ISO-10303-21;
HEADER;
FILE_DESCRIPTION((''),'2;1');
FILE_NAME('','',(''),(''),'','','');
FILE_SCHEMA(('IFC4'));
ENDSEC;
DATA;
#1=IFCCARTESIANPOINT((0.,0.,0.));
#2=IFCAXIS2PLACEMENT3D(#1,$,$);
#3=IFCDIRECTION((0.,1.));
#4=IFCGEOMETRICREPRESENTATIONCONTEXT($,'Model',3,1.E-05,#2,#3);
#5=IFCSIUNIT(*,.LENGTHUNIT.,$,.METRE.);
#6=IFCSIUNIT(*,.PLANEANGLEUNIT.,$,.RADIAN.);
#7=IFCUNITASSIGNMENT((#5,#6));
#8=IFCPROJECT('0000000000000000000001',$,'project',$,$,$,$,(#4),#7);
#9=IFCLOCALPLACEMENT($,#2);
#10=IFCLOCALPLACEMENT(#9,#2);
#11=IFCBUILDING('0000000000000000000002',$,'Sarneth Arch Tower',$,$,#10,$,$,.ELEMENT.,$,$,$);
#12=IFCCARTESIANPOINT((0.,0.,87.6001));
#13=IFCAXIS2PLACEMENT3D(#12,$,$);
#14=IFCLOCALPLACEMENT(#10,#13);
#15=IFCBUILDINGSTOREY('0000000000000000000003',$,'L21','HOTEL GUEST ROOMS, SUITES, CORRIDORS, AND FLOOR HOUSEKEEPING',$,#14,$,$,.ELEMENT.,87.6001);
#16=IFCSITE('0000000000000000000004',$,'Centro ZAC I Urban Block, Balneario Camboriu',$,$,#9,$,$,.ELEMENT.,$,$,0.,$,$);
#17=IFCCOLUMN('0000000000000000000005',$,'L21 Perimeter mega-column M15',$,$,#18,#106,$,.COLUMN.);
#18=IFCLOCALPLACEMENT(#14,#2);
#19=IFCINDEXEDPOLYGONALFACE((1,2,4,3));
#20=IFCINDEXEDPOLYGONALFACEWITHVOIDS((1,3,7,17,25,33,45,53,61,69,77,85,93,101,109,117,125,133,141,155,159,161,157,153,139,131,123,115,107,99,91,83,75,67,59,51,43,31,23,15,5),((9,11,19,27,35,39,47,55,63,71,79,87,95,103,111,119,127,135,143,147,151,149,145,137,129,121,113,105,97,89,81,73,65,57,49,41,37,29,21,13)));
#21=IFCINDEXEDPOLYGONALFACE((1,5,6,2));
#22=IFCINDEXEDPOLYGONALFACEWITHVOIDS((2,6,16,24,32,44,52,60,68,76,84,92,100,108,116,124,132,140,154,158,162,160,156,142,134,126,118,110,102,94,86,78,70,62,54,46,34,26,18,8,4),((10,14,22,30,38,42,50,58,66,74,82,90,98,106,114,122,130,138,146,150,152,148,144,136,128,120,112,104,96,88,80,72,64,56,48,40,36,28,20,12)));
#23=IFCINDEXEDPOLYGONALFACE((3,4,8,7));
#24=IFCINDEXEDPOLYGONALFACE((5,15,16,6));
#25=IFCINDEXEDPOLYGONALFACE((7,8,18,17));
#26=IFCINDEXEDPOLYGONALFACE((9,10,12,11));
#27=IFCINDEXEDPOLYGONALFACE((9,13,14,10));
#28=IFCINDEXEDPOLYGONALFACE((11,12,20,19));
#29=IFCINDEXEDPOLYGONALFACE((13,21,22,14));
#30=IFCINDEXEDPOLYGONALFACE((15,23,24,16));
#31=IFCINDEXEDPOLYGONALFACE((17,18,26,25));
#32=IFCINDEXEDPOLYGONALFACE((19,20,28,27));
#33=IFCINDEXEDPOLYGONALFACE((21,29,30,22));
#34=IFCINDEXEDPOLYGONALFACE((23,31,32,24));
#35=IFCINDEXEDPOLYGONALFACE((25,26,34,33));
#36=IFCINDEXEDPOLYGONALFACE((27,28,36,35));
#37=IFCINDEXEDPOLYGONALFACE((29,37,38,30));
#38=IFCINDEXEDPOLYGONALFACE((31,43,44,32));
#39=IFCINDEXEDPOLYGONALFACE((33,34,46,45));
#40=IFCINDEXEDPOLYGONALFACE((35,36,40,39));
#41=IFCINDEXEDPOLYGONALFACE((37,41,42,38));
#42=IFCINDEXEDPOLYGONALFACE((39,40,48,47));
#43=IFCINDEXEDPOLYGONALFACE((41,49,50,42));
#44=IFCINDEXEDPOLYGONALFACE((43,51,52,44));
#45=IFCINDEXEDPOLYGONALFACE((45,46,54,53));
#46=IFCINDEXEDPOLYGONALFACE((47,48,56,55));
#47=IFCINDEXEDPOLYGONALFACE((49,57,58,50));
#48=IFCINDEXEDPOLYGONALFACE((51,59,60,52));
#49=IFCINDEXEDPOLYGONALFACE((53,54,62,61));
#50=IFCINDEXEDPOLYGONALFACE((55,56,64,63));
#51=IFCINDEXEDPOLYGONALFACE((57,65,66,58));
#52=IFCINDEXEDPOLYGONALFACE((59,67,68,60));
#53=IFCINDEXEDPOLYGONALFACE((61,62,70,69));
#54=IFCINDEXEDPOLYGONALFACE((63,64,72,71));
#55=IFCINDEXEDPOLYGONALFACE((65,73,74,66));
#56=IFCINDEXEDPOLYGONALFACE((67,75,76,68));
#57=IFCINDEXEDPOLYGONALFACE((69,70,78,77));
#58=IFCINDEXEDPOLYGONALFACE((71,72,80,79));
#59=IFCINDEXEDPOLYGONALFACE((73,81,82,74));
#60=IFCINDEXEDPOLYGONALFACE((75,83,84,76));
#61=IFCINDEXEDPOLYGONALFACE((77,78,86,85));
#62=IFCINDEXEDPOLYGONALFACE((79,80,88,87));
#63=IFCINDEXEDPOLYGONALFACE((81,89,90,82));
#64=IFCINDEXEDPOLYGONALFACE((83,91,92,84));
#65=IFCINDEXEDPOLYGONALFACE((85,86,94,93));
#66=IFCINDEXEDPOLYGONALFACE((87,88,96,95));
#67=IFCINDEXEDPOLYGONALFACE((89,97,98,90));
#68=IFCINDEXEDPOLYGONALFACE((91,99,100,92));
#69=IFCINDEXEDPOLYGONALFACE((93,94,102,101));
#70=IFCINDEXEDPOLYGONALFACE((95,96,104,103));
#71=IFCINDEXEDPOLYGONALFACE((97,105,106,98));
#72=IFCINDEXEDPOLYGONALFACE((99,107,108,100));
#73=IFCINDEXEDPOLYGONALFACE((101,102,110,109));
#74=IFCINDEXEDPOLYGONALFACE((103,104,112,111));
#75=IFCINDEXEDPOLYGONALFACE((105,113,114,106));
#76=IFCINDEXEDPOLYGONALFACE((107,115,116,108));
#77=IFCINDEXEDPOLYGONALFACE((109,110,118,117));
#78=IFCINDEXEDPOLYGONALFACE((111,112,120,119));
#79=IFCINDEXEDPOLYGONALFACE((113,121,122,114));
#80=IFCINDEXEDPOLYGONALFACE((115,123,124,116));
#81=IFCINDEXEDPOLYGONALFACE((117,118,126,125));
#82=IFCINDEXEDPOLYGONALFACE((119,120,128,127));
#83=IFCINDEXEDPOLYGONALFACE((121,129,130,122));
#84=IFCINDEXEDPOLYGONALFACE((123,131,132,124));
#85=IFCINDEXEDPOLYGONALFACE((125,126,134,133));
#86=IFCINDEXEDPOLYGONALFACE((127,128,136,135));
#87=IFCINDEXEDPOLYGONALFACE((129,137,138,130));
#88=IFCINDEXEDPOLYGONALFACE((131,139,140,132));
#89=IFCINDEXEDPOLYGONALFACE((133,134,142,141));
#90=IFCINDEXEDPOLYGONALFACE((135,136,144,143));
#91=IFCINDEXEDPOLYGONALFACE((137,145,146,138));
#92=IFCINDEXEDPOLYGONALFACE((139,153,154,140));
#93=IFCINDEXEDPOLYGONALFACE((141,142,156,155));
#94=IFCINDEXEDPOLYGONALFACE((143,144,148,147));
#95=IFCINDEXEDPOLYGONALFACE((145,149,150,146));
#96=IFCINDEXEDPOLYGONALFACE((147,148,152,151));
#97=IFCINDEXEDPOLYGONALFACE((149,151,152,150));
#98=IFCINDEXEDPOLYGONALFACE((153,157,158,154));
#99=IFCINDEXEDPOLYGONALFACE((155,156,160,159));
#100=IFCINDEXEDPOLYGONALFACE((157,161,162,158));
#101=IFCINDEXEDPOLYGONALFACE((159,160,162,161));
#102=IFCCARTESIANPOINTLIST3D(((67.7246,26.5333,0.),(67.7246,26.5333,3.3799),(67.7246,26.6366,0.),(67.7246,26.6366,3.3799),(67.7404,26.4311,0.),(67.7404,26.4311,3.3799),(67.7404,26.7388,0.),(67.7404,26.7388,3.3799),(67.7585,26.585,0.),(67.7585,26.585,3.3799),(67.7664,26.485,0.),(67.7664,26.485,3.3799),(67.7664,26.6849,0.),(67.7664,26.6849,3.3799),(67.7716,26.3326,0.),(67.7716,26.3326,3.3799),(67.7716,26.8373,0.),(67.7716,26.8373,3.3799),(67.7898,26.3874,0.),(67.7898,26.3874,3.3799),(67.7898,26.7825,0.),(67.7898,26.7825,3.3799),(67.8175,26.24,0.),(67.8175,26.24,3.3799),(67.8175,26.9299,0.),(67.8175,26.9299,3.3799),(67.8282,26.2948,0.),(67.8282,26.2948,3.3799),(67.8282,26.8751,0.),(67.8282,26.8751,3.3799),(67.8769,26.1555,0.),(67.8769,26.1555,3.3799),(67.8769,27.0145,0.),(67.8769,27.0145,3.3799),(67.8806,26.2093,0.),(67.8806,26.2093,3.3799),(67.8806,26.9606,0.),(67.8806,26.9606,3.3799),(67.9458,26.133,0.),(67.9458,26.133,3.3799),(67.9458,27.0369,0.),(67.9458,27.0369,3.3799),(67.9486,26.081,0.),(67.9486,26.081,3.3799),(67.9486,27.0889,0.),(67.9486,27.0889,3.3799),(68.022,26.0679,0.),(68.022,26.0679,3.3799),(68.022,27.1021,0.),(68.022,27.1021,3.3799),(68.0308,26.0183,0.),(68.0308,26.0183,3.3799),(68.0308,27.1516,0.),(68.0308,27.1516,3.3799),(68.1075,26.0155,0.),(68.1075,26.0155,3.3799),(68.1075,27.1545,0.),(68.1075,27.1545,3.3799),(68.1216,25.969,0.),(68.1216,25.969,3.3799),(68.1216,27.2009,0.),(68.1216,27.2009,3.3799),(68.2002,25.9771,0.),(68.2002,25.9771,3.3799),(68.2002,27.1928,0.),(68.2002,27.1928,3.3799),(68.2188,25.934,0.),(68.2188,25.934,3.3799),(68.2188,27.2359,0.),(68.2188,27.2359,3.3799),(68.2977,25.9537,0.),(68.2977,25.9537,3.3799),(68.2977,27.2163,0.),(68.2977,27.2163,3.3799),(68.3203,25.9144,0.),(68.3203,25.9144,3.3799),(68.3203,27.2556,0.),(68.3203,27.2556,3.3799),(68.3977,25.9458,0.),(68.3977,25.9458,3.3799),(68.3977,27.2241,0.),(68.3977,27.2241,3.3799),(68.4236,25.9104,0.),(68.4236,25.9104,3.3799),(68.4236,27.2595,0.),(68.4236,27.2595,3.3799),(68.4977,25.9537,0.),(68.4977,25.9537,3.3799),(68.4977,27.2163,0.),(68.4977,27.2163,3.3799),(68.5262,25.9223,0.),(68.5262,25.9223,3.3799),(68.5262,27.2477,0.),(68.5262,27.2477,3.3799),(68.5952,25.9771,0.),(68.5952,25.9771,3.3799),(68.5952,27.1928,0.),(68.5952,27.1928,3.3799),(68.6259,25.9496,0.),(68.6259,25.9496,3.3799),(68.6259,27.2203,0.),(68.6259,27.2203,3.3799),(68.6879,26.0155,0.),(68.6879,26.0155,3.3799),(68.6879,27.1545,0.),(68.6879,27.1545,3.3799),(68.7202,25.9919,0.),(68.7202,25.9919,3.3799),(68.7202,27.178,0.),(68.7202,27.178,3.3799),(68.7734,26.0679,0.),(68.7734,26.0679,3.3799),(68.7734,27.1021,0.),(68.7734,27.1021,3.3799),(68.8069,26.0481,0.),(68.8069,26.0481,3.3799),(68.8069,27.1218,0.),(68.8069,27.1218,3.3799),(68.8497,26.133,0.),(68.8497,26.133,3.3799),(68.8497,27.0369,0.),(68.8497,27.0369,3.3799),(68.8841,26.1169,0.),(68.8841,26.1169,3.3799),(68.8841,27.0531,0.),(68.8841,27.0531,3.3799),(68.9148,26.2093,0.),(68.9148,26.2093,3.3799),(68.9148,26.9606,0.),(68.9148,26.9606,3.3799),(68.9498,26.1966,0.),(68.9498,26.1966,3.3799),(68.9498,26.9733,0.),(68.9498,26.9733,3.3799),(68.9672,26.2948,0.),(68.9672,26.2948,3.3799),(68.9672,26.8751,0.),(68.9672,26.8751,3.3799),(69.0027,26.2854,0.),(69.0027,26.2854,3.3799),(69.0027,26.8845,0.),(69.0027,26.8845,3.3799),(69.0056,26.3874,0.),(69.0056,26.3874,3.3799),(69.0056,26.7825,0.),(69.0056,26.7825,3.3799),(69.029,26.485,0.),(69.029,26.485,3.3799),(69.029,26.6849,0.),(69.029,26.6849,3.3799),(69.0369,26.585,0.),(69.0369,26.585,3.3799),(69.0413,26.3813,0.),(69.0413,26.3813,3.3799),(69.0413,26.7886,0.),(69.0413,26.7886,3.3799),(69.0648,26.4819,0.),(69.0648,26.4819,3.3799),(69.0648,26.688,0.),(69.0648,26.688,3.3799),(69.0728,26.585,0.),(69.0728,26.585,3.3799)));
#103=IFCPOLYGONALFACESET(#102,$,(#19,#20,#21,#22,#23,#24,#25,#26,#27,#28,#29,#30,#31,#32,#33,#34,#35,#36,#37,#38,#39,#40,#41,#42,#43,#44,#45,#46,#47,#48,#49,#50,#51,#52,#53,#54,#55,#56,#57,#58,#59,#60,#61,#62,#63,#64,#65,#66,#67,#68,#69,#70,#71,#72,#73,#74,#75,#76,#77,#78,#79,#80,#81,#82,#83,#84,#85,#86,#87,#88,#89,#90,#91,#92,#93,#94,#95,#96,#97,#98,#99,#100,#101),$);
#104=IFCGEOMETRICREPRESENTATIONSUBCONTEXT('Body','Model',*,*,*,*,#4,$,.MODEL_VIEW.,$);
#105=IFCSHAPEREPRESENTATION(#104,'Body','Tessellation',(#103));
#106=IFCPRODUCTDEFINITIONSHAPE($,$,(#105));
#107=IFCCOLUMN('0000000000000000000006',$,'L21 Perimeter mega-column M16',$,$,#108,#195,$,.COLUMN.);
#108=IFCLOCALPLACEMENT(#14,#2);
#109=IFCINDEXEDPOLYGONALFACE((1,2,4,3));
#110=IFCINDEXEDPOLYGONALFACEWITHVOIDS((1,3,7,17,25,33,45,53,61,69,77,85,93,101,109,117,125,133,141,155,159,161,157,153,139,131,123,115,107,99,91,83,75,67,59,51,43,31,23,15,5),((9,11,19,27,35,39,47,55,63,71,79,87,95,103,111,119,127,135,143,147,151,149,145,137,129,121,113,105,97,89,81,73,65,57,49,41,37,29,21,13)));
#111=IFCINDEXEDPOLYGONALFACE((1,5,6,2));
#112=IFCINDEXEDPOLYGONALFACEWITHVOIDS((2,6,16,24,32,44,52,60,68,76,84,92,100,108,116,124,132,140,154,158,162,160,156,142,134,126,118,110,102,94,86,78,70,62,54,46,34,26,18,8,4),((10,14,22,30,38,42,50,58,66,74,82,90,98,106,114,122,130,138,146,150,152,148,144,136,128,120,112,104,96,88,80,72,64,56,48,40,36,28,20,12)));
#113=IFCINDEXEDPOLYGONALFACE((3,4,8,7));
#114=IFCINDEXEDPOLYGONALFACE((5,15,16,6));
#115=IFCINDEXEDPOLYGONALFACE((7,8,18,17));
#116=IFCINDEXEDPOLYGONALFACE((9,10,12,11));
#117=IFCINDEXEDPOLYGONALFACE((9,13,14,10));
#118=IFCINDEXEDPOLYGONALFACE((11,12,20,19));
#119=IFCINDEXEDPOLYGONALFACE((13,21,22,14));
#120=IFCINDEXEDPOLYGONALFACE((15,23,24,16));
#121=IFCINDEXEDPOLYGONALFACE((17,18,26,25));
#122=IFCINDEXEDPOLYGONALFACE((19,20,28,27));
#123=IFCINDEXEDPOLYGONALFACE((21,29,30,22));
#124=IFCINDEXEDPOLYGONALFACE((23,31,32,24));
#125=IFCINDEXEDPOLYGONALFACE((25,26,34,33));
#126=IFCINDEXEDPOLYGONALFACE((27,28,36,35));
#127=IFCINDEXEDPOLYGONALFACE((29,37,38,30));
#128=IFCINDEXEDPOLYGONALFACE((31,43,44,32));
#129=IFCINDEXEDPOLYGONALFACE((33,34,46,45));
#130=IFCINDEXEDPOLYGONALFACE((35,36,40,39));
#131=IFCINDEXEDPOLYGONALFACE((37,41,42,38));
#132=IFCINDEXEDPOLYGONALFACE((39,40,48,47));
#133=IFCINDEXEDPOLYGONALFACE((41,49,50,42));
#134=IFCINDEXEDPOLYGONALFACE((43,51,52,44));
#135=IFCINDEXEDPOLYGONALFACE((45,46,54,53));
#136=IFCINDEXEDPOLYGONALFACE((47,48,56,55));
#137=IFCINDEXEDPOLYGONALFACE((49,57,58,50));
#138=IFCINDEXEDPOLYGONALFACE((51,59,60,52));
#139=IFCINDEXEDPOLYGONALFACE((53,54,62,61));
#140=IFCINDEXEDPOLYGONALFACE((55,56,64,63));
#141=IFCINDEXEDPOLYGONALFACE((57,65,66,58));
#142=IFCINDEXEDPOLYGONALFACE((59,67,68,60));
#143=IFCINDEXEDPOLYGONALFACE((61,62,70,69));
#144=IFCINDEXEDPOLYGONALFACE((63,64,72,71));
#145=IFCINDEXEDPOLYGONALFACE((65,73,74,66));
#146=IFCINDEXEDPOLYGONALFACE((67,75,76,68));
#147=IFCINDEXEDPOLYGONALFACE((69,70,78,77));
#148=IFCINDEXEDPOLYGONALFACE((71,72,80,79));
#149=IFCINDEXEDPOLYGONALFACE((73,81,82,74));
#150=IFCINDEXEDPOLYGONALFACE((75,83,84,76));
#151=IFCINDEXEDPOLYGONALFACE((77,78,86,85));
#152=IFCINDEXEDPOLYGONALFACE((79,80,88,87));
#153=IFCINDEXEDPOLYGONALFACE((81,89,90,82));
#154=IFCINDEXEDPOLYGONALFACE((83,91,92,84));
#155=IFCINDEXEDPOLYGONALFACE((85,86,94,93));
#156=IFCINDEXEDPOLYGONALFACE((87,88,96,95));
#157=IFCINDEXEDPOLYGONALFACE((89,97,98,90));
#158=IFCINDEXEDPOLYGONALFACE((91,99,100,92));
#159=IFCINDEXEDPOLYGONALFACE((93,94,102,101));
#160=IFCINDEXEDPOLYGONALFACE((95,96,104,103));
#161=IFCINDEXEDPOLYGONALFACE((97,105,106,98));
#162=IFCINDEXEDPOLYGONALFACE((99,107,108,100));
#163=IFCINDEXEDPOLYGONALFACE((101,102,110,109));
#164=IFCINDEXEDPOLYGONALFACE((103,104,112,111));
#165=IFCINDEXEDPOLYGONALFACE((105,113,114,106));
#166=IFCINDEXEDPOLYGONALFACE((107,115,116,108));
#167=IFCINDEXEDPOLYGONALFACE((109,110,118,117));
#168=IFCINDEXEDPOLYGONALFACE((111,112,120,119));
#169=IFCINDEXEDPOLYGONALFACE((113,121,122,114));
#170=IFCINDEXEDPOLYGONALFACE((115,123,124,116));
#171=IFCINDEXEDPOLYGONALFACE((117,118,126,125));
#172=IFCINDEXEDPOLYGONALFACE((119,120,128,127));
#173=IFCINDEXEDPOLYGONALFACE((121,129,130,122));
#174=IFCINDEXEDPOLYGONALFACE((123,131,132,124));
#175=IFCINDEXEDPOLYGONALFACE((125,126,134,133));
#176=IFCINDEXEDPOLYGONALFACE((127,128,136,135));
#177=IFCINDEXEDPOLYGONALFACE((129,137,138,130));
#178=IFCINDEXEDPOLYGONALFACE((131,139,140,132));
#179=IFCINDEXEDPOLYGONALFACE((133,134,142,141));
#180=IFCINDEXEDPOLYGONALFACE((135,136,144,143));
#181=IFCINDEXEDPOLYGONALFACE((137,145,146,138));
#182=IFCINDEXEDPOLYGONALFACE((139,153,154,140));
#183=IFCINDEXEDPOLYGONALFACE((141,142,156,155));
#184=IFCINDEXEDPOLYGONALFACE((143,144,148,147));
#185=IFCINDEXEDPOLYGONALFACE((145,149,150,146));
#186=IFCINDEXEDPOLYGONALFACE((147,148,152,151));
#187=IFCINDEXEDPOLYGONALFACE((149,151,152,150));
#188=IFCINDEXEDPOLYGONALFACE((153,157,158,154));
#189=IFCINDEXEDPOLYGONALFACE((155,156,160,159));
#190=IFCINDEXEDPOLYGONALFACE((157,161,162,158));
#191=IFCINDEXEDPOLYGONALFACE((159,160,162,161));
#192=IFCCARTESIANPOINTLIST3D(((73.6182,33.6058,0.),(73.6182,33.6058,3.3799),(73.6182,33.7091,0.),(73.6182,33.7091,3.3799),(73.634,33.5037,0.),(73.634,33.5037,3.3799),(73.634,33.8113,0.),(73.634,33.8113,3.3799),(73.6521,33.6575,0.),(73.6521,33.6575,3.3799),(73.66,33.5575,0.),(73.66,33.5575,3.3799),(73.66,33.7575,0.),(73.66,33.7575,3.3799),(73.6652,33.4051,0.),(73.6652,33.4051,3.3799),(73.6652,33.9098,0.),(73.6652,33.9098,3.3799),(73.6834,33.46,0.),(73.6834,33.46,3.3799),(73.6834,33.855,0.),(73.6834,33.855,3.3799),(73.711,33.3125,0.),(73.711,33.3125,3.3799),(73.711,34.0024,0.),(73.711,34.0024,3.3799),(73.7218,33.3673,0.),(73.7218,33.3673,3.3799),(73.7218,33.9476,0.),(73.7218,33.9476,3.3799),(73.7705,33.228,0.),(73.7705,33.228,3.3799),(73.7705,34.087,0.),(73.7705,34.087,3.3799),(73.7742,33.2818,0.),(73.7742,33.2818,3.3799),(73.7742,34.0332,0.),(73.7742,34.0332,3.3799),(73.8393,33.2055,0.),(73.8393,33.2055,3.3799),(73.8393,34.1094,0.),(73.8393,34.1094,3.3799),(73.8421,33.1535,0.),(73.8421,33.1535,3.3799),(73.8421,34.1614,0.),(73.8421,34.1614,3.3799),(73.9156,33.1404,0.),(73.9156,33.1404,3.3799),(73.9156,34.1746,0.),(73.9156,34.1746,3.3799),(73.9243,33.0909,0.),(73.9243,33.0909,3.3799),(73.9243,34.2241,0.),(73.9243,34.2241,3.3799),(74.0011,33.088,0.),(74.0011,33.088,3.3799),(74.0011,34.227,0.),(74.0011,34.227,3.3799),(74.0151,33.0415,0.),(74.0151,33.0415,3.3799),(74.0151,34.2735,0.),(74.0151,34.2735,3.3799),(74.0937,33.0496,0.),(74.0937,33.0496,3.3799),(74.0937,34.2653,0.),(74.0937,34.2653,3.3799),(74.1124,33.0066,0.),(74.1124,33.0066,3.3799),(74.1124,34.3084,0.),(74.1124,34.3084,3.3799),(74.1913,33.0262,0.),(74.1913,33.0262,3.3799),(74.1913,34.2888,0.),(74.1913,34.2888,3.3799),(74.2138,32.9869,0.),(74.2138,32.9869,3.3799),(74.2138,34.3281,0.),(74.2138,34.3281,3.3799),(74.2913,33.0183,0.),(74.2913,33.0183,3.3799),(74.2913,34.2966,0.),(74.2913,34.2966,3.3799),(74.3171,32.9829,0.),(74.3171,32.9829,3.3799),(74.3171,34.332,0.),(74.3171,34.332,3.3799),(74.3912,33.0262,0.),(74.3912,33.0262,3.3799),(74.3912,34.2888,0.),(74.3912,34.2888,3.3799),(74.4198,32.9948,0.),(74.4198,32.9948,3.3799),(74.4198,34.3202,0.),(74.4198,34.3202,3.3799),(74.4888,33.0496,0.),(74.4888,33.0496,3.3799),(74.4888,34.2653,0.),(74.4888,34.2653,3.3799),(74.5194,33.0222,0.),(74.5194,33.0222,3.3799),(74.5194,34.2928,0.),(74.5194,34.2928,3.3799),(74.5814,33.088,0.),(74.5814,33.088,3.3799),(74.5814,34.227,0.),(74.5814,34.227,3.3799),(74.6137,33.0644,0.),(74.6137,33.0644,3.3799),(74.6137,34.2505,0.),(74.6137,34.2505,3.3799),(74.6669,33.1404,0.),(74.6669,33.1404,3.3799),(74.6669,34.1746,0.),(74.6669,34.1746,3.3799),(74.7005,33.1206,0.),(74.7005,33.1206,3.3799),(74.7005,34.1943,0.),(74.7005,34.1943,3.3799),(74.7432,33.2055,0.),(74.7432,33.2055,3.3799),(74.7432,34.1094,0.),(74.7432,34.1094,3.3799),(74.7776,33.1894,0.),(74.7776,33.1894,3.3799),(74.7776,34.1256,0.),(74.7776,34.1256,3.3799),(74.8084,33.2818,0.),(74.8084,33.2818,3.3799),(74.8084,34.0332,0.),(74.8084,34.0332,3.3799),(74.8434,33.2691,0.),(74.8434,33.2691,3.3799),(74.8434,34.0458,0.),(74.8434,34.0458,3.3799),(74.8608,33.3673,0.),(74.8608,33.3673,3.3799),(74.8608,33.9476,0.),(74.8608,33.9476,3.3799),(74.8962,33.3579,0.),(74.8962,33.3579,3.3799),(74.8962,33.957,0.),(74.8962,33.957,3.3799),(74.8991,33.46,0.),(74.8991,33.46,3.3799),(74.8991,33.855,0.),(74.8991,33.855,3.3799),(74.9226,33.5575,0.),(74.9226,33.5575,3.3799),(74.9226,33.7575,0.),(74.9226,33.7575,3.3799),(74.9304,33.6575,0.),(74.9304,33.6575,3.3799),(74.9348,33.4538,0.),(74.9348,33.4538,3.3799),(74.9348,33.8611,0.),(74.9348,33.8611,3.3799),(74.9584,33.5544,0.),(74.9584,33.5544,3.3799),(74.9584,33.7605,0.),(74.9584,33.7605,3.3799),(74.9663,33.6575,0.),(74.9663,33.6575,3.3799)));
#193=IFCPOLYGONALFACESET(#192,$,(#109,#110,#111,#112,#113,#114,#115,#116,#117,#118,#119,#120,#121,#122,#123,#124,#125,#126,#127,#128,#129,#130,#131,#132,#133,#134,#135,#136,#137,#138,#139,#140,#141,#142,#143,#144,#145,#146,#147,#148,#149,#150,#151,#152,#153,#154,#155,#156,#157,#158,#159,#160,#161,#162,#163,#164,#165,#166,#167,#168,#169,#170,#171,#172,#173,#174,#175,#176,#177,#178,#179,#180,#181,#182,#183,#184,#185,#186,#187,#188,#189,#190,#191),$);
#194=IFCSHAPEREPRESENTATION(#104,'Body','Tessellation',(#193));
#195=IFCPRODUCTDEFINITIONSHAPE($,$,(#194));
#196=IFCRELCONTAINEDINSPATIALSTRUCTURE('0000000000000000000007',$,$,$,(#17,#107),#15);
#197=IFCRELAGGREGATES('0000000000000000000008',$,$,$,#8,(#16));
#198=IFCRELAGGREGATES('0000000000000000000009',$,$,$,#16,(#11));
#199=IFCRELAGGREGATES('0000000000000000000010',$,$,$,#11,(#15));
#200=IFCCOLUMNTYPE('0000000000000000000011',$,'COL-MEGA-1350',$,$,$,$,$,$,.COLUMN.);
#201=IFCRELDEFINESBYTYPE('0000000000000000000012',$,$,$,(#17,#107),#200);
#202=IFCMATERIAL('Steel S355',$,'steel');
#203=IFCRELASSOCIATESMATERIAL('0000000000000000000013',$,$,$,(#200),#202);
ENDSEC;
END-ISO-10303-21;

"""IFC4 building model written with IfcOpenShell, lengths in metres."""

from ifc_helpers import new_model, si_unit, direction, frame, origin, origin_2d, place, context, subcontext, project, spatial, hollow_circle, extrude, material, material_profile, profile_set, type_object, element, save


model = new_model("IFC4")

# Units and contexts
model_context = context("Model", 3, precision=1e-05, world=origin(), true_north=direction((0.0, 1.0)))
body_context = subcontext(model_context, "Body", "Model", "MODEL_VIEW")
ifc_project = project(units=[si_unit("LENGTHUNIT", "METRE"), si_unit("PLANEANGLEUNIT", "RADIAN")], contexts=[model_context])

# Site, building, storey
site_placement = place(None, origin())
site = spatial("IfcSite", under=ifc_project, at=site_placement, Name="Centro ZAC I Urban Block, Balneario Camboriu", CompositionType="ELEMENT", RefElevation=0.0)
building_placement = place(site_placement, origin())
building = spatial("IfcBuilding", under=site, at=building_placement, Name="Sarneth Arch Tower", CompositionType="ELEMENT")
storey_placement = place(building_placement, frame((0.0, 0.0, 87.6001)))
storey = spatial("IfcBuildingStorey", under=building, at=storey_placement, Name="L21", Description="HOTEL GUEST ROOMS, SUITES, CORRIDORS, AND FLOOR HOUSEKEEPING", CompositionType="ELEMENT", Elevation=87.6001)

# Columns
ifc_material_1 = material(Name="Steel S355", Category="steel")
ifc_material_profile_1 = material_profile(ifc_material_1, hollow_circle(Radius=0.675, WallThickness=0.0359, at=origin_2d()), Name="CHS1350x36")
ifc_profile_set_1 = profile_set([ifc_material_profile_1], Name="Steel S355")
column_type = type_object("IfcColumnType", Name="COL-MEGA-1350", PredefinedType="COLUMN", material=ifc_profile_set_1)
for number, where, z_axis, x_axis, name in (
    (1, (68.3977, 26.585, 0.0), (0.0, 0.0, 1.0), (1.0, 0.0, 0.0), "L21 Perimeter mega-column M15"),
    (2, (74.2913, 33.6575, 0.0), (0.0, 0.0, 1.0), (1.0, 0.0, 0.0), "L21 Perimeter mega-column M16"),
):
    element("IfcColumn", number, at=place(storey_placement, frame(where, z_axis=z_axis, x_axis=x_axis)), inside=storey, type_object=column_type, Name=name, PredefinedType="COLUMN", context=body_context, shape_type="SweptSolid", body=[
        extrude(hollow_circle(Radius=0.675, WallThickness=0.0359, at=origin_2d()), origin(), (0.0, 0.0, 1.0), 3.3799),
    ])

save(model, "model.ifc")
